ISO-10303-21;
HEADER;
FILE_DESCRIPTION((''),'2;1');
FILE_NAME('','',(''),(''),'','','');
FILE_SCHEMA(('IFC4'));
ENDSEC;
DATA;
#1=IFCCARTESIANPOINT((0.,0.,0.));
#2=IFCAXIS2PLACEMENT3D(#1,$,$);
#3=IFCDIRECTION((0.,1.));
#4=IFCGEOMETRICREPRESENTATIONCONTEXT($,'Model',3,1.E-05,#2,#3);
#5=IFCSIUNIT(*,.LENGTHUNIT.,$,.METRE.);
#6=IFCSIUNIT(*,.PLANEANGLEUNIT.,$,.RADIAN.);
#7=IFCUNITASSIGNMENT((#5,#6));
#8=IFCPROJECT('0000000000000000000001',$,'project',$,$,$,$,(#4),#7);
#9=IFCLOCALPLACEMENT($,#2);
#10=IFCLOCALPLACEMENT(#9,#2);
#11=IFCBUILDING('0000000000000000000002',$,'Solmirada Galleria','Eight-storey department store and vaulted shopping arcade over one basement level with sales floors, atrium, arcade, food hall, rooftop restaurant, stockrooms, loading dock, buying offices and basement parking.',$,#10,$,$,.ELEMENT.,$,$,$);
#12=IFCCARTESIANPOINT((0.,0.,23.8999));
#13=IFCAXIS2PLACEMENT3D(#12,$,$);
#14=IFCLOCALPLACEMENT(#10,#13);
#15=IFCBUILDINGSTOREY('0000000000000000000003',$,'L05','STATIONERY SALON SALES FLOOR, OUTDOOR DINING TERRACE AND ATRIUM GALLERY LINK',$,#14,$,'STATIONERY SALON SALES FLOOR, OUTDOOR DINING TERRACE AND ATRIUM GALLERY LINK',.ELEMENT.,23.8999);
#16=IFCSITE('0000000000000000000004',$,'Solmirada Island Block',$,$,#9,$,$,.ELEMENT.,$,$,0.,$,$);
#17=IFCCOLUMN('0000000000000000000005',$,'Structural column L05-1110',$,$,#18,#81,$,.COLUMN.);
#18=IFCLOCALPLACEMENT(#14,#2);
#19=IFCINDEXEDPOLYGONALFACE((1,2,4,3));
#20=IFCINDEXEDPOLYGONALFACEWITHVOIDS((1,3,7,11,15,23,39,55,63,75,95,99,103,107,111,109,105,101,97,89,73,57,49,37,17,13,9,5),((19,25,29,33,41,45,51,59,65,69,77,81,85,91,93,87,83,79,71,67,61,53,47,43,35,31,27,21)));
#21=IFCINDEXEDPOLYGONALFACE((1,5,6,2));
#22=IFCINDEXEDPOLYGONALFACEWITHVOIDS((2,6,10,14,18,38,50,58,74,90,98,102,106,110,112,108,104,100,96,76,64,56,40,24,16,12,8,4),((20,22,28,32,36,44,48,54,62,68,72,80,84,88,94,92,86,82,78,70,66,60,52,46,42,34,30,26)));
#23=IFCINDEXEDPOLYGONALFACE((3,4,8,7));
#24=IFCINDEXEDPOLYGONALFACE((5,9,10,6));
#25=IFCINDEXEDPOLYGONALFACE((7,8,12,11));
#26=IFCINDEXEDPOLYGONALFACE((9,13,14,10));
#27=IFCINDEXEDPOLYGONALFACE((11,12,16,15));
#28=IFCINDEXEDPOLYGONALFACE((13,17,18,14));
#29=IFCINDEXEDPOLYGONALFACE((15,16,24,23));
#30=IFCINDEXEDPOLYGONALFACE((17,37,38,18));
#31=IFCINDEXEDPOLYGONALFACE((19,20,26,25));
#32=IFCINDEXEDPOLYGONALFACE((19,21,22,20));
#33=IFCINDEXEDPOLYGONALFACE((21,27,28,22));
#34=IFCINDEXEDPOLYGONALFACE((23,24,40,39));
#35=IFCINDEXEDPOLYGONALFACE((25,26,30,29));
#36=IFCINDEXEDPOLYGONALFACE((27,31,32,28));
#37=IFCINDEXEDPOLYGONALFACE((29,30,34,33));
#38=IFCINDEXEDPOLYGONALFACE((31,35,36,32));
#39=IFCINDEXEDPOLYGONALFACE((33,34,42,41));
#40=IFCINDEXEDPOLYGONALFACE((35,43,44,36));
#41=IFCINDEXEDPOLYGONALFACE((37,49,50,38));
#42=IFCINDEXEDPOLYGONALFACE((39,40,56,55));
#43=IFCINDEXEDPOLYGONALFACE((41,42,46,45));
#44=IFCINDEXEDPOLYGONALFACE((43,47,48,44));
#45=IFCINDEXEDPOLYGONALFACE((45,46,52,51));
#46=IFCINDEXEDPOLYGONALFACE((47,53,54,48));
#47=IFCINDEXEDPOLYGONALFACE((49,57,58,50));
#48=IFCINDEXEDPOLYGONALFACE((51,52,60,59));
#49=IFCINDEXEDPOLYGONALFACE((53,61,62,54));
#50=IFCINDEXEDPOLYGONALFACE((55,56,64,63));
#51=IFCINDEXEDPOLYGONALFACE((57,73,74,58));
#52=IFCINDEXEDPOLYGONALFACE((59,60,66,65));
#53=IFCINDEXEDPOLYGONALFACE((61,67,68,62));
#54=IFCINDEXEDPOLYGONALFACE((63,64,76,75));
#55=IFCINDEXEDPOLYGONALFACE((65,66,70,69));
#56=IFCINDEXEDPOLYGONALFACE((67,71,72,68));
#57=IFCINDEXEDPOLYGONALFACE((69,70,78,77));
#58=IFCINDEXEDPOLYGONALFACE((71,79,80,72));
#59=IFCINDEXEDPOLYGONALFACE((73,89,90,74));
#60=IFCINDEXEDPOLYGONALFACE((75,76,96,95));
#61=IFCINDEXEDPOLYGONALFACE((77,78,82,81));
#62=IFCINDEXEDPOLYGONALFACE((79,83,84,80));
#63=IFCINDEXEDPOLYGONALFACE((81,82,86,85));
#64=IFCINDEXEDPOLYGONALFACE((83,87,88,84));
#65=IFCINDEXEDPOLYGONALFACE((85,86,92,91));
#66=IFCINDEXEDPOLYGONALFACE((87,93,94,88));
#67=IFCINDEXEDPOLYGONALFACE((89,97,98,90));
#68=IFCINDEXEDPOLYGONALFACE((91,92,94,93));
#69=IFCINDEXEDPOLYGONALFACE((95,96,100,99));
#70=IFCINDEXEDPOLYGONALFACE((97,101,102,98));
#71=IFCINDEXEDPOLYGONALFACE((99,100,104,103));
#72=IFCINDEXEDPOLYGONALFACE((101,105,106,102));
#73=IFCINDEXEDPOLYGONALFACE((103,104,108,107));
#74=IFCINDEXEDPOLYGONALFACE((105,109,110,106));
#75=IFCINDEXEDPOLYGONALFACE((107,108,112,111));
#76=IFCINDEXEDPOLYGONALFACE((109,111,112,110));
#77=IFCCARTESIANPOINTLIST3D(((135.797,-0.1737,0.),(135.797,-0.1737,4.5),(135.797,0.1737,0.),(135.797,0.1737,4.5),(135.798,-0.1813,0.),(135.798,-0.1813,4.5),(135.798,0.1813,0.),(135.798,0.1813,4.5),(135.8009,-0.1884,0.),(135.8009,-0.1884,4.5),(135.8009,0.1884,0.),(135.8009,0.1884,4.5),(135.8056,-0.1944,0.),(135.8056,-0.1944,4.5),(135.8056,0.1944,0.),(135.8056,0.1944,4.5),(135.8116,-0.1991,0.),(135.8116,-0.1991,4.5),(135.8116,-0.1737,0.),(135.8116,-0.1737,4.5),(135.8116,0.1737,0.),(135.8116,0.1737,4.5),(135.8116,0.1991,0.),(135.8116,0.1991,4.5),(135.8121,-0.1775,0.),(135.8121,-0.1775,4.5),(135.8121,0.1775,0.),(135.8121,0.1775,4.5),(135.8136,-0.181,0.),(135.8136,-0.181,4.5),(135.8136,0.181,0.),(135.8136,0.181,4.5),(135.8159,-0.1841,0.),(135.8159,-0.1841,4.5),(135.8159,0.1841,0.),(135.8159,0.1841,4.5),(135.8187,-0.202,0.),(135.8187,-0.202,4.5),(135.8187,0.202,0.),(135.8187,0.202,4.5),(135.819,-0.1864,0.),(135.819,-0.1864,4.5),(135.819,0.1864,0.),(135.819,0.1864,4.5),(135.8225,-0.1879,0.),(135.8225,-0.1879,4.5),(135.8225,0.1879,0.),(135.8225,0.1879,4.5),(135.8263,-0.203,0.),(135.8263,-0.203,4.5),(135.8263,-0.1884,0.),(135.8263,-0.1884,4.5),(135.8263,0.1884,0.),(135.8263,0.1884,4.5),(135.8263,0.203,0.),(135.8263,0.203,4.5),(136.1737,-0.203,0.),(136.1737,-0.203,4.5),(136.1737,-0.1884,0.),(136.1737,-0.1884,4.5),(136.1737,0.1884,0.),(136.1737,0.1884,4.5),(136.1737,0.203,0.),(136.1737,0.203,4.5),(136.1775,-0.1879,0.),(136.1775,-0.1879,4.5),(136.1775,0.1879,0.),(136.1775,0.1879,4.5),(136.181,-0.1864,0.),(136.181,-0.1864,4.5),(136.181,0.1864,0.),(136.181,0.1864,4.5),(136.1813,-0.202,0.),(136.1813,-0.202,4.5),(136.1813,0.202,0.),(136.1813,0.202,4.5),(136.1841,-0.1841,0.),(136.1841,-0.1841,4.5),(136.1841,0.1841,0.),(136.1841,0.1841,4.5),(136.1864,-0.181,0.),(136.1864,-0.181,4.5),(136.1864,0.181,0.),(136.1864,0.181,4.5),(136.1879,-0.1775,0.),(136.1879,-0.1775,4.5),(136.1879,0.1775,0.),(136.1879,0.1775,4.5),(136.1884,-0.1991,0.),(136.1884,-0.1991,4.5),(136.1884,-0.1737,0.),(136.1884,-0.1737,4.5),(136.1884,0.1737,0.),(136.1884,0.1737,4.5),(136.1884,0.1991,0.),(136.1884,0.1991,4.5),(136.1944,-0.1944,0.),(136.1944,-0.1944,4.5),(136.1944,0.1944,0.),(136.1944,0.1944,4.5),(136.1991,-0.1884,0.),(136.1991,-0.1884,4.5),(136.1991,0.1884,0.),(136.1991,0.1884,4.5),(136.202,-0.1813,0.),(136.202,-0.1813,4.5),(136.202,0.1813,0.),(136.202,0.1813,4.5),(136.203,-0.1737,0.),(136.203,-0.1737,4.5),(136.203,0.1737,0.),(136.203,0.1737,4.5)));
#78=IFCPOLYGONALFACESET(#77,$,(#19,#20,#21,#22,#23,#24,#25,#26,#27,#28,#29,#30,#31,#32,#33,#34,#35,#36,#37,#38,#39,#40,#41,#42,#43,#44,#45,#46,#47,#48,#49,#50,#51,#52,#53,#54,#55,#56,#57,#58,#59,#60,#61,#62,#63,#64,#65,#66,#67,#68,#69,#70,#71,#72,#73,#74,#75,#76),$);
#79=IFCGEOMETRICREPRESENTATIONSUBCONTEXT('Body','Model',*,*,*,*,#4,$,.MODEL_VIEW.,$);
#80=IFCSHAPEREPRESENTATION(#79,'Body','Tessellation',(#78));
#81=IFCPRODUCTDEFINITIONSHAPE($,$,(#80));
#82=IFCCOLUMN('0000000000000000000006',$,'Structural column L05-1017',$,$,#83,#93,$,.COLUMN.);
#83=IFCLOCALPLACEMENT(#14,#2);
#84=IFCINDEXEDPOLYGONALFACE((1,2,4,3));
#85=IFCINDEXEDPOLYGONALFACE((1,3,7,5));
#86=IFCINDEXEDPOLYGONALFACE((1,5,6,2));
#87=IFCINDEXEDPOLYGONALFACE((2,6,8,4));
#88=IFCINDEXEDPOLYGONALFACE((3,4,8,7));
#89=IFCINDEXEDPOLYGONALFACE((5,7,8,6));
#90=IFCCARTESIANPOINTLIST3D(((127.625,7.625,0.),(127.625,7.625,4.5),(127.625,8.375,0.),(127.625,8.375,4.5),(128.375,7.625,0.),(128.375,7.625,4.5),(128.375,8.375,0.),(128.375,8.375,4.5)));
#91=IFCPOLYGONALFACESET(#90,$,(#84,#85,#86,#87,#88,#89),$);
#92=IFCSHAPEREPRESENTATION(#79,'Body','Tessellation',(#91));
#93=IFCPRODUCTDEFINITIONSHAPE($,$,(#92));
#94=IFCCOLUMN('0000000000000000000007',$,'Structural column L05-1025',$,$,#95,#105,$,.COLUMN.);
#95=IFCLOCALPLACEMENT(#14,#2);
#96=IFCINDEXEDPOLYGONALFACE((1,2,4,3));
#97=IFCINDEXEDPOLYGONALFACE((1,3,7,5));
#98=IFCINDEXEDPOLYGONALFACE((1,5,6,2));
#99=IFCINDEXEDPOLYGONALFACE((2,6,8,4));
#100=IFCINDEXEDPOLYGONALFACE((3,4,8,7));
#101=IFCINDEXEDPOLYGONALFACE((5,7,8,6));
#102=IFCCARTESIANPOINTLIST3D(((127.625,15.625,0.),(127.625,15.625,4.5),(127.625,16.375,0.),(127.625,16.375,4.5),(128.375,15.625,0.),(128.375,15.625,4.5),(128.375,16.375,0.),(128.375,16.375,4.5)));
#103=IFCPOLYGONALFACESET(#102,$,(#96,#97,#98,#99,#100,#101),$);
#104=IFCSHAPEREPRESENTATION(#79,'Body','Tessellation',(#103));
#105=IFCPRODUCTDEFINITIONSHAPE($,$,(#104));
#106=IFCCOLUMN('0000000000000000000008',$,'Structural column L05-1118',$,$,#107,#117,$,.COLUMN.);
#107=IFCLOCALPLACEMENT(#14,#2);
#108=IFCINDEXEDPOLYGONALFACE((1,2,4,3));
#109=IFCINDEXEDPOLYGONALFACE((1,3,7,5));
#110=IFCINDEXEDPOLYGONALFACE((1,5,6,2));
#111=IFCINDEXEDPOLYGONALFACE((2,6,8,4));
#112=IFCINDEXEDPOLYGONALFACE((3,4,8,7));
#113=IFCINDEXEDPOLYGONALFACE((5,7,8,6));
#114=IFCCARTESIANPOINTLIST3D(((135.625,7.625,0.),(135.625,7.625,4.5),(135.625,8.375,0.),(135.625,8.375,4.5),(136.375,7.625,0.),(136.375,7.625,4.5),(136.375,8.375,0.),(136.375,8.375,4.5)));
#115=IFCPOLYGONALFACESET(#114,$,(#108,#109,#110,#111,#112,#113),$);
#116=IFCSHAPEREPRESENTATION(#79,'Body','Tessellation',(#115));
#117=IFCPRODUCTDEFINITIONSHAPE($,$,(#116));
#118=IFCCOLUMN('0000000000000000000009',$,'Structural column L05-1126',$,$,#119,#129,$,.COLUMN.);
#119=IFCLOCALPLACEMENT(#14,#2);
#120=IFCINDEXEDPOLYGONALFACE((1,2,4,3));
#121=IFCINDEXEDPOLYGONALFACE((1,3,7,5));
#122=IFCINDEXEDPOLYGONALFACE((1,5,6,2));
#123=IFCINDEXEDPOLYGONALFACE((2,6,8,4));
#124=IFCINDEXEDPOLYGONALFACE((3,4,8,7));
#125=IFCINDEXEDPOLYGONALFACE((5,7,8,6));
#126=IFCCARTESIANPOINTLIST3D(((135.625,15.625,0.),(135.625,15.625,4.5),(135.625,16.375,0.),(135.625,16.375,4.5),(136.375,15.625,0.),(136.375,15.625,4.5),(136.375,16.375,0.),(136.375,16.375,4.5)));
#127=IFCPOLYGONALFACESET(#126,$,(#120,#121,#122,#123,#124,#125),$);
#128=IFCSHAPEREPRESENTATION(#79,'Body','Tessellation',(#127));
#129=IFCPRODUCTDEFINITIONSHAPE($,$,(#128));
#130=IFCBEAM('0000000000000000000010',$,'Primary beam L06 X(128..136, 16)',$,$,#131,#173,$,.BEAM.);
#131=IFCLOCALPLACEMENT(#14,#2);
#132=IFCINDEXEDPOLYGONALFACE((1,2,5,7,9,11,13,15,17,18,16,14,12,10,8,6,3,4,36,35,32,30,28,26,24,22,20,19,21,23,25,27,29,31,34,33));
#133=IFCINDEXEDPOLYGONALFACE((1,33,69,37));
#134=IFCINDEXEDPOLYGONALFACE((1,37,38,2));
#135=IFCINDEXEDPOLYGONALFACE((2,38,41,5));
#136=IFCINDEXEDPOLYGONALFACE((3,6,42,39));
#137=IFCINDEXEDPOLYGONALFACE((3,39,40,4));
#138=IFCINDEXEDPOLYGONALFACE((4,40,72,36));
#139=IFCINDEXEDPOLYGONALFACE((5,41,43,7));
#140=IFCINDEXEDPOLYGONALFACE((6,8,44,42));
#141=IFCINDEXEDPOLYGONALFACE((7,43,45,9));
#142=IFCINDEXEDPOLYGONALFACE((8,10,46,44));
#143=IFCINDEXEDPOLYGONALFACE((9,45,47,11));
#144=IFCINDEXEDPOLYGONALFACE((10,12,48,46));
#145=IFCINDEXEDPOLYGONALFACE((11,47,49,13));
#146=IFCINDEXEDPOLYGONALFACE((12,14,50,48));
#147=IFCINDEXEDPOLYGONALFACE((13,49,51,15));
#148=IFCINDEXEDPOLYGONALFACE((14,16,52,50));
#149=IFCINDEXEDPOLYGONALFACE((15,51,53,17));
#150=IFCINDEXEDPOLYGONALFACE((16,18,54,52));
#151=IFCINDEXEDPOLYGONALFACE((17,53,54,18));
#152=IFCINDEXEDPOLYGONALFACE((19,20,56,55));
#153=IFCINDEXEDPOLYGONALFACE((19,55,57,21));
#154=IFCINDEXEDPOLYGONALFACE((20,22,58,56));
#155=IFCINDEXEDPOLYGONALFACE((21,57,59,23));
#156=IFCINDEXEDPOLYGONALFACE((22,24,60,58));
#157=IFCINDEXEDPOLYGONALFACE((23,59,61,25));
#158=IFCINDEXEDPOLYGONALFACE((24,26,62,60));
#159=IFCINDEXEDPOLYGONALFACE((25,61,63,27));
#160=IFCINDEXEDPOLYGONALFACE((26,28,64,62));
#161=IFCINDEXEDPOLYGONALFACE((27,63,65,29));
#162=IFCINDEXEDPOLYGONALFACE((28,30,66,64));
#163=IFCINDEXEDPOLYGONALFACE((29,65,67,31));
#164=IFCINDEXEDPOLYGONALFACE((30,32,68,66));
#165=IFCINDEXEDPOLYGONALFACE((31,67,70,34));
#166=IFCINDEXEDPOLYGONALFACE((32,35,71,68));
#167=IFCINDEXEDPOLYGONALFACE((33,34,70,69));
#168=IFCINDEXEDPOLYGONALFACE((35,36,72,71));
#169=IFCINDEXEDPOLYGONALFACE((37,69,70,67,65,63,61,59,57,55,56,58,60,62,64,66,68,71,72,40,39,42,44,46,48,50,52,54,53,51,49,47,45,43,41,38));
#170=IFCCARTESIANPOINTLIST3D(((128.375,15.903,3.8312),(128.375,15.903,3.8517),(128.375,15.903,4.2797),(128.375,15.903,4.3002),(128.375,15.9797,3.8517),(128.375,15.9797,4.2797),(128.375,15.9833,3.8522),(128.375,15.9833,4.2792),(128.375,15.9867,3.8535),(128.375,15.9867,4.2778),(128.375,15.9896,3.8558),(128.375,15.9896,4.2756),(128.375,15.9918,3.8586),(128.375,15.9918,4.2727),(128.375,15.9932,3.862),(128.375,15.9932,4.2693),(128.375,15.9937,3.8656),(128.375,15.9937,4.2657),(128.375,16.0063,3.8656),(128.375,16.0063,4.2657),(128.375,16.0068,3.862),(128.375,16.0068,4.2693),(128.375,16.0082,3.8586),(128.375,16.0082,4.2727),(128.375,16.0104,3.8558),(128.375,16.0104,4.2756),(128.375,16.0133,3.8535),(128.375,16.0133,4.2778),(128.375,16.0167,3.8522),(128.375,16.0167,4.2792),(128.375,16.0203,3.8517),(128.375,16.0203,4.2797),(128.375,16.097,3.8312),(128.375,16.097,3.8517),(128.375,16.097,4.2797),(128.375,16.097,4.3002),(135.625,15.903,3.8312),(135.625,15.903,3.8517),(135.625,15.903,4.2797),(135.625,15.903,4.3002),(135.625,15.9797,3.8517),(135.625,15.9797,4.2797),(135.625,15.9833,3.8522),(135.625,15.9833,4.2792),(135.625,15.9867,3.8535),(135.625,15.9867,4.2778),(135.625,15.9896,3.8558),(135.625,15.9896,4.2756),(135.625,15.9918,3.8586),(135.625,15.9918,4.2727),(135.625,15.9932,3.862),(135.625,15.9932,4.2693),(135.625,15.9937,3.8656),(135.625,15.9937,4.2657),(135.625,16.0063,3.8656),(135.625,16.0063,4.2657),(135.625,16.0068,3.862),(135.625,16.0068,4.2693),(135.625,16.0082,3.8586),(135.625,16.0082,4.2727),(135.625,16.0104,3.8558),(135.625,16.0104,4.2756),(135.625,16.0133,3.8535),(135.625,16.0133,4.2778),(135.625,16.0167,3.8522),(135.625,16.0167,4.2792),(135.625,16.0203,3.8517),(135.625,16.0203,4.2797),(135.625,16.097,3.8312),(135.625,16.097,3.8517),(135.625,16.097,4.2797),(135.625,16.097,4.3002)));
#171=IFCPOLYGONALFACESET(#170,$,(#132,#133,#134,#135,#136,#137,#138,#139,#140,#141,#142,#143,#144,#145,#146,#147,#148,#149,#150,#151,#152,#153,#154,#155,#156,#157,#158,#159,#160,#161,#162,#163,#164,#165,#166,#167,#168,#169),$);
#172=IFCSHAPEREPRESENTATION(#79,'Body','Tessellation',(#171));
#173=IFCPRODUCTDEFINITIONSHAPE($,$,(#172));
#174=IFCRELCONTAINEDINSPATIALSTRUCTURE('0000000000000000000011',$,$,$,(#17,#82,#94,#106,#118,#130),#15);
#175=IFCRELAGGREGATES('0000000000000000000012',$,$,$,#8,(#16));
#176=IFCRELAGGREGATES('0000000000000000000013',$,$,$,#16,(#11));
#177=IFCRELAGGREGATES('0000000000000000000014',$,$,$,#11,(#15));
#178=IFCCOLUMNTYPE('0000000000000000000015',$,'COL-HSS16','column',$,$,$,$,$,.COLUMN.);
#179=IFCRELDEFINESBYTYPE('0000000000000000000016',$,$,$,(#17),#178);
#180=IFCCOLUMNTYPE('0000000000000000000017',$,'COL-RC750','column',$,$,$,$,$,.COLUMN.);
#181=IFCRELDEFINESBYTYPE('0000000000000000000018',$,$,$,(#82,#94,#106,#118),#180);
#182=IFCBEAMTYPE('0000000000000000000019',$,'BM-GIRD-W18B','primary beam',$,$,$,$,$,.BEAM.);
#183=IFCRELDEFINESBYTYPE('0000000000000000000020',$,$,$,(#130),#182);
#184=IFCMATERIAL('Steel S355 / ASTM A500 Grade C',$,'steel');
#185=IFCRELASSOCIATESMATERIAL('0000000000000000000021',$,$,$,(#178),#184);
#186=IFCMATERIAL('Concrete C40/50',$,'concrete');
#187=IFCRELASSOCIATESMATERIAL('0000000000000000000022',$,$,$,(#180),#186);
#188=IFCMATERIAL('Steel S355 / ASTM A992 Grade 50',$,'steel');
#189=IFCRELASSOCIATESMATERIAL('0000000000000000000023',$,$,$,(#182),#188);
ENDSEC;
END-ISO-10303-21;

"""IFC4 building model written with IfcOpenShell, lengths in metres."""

from ifc_helpers import new_model, si_unit, direction, frame, origin, origin_2d, place, context, subcontext, project, spatial, rectangle, hollow_rectangle, i_section, extrude, material, material_profile, profile_set, type_object, element, save


model = new_model("IFC4")

# Units and contexts
model_context = context("Model", 3, precision=1e-05, world=origin(), true_north=direction((0.0, 1.0)))
body_context = subcontext(model_context, "Body", "Model", "MODEL_VIEW")
ifc_project = project(units=[si_unit("LENGTHUNIT", "METRE"), si_unit("PLANEANGLEUNIT", "RADIAN")], contexts=[model_context])

# Site, building, storey
site_placement = place(None, origin())
site = spatial("IfcSite", under=ifc_project, at=site_placement, Name="Solmirada Island Block", CompositionType="ELEMENT", RefElevation=0.0)
building_placement = place(site_placement, origin())
building = spatial("IfcBuilding", under=site, at=building_placement, Name="Solmirada Galleria", Description="Eight-storey department store and vaulted shopping arcade over one basement level with sales floors, atrium, arcade, food hall, rooftop restaurant, stockrooms, loading dock, buying offices and basement parking.", CompositionType="ELEMENT")
storey_placement = place(building_placement, frame((0.0, 0.0, 23.8999)))
storey = spatial("IfcBuildingStorey", under=building, at=storey_placement, Name="L05", Description="STATIONERY SALON SALES FLOOR, OUTDOOR DINING TERRACE AND ATRIUM GALLERY LINK", LongName="STATIONERY SALON SALES FLOOR, OUTDOOR DINING TERRACE AND ATRIUM GALLERY LINK", CompositionType="ELEMENT", Elevation=23.8999)

# Columns
ifc_material_1 = material(Name="Steel S355 / ASTM A500 Grade C", Category="steel")
ifc_material_profile_1 = material_profile(ifc_material_1, hollow_rectangle(XDim=0.406, YDim=0.406, WallThickness=0.0146, InnerFilletRadius=0.0146, OuterFilletRadius=0.0293, at=origin_2d()), Name="HSS16X16X5/8")
ifc_profile_set_1 = profile_set([ifc_material_profile_1], Name="Steel S355 / ASTM A500 Grade C")
column_type_1 = type_object("IfcColumnType", Name="COL-HSS16", Description="column", PredefinedType="COLUMN", material=ifc_profile_set_1)
column_placement = place(storey_placement, frame((136.0, 0.0, 0.0), z_axis=(0.0, 0.0, 1.0), x_axis=(1.0, 0.0, 0.0)))
element("IfcColumn", 1, at=column_placement, inside=storey, type_object=column_type_1, Name="Structural column L05-1110", PredefinedType="COLUMN", context=body_context, shape_type="SweptSolid", body=[
    extrude(hollow_rectangle(XDim=0.406, YDim=0.406, WallThickness=0.0146, InnerFilletRadius=0.0146, OuterFilletRadius=0.0293, at=origin_2d()), origin(), (0.0, 0.0, 1.0), 4.5),
])
ifc_material_2 = material(Name="Concrete C40/50", Category="concrete")
ifc_material_profile_2 = material_profile(ifc_material_2, rectangle(XDim=0.75, YDim=0.75, at=origin_2d()), Name="RC750X750")
ifc_profile_set_2 = profile_set([ifc_material_profile_2], Name="Concrete C40/50")
column_type_2 = type_object("IfcColumnType", Name="COL-RC750", Description="column", PredefinedType="COLUMN", material=ifc_profile_set_2)
for number, where, z_axis, x_axis, name in (
    (2, (128.0, 8.0, 0.0), (0.0, 0.0, 1.0), (1.0, 0.0, 0.0), "Structural column L05-1017"),
    (3, (128.0, 16.0, 0.0), (0.0, 0.0, 1.0), (1.0, 0.0, 0.0), "Structural column L05-1025"),
    (4, (136.0, 8.0, 0.0), (0.0, 0.0, 1.0), (1.0, 0.0, 0.0), "Structural column L05-1118"),
    (5, (136.0, 16.0, 0.0), (0.0, 0.0, 1.0), (1.0, 0.0, 0.0), "Structural column L05-1126"),
):
    element("IfcColumn", number, at=place(storey_placement, frame(where, z_axis=z_axis, x_axis=x_axis)), inside=storey, type_object=column_type_2, Name=name, PredefinedType="COLUMN", context=body_context, shape_type="SweptSolid", body=[
        extrude(rectangle(XDim=0.75, YDim=0.75, at=origin_2d()), origin(), (0.0, 0.0, 1.0), 4.5),
    ])

# Beam
ifc_material_3 = material(Name="Steel S355 / ASTM A992 Grade 50", Category="steel")
ifc_material_profile_3 = material_profile(ifc_material_3, i_section(OverallWidth=0.1941, OverallDepth=0.469, WebThickness=0.0127, FlangeThickness=0.0205, FilletRadius=0.0139, at=origin_2d()), Name="W18X71")
ifc_profile_set_3 = profile_set([ifc_material_profile_3], Name="Steel S355 / ASTM A992 Grade 50")
beam_type_1 = type_object("IfcBeamType", Name="BM-GIRD-W18B", Description="primary beam", PredefinedType="BEAM", material=ifc_profile_set_3)
beam_1_placement = place(storey_placement, frame((128.375, 16.0, 4.0657), z_axis=(1.0, 0.0, 0.0), x_axis=(0.0, 1.0, 0.0)))
element("IfcBeam", 6, at=beam_1_placement, inside=storey, type_object=beam_type_1, Name="Primary beam L06 X(128..136, 16)", PredefinedType="BEAM", context=body_context, shape_type="SweptSolid", body=[
    extrude(i_section(OverallWidth=0.1941, OverallDepth=0.469, WebThickness=0.0127, FlangeThickness=0.0205, FilletRadius=0.0139, at=origin_2d()), origin(), (0.0, 0.0, 1.0), 7.25),
])

save(model, "model.ifc")
